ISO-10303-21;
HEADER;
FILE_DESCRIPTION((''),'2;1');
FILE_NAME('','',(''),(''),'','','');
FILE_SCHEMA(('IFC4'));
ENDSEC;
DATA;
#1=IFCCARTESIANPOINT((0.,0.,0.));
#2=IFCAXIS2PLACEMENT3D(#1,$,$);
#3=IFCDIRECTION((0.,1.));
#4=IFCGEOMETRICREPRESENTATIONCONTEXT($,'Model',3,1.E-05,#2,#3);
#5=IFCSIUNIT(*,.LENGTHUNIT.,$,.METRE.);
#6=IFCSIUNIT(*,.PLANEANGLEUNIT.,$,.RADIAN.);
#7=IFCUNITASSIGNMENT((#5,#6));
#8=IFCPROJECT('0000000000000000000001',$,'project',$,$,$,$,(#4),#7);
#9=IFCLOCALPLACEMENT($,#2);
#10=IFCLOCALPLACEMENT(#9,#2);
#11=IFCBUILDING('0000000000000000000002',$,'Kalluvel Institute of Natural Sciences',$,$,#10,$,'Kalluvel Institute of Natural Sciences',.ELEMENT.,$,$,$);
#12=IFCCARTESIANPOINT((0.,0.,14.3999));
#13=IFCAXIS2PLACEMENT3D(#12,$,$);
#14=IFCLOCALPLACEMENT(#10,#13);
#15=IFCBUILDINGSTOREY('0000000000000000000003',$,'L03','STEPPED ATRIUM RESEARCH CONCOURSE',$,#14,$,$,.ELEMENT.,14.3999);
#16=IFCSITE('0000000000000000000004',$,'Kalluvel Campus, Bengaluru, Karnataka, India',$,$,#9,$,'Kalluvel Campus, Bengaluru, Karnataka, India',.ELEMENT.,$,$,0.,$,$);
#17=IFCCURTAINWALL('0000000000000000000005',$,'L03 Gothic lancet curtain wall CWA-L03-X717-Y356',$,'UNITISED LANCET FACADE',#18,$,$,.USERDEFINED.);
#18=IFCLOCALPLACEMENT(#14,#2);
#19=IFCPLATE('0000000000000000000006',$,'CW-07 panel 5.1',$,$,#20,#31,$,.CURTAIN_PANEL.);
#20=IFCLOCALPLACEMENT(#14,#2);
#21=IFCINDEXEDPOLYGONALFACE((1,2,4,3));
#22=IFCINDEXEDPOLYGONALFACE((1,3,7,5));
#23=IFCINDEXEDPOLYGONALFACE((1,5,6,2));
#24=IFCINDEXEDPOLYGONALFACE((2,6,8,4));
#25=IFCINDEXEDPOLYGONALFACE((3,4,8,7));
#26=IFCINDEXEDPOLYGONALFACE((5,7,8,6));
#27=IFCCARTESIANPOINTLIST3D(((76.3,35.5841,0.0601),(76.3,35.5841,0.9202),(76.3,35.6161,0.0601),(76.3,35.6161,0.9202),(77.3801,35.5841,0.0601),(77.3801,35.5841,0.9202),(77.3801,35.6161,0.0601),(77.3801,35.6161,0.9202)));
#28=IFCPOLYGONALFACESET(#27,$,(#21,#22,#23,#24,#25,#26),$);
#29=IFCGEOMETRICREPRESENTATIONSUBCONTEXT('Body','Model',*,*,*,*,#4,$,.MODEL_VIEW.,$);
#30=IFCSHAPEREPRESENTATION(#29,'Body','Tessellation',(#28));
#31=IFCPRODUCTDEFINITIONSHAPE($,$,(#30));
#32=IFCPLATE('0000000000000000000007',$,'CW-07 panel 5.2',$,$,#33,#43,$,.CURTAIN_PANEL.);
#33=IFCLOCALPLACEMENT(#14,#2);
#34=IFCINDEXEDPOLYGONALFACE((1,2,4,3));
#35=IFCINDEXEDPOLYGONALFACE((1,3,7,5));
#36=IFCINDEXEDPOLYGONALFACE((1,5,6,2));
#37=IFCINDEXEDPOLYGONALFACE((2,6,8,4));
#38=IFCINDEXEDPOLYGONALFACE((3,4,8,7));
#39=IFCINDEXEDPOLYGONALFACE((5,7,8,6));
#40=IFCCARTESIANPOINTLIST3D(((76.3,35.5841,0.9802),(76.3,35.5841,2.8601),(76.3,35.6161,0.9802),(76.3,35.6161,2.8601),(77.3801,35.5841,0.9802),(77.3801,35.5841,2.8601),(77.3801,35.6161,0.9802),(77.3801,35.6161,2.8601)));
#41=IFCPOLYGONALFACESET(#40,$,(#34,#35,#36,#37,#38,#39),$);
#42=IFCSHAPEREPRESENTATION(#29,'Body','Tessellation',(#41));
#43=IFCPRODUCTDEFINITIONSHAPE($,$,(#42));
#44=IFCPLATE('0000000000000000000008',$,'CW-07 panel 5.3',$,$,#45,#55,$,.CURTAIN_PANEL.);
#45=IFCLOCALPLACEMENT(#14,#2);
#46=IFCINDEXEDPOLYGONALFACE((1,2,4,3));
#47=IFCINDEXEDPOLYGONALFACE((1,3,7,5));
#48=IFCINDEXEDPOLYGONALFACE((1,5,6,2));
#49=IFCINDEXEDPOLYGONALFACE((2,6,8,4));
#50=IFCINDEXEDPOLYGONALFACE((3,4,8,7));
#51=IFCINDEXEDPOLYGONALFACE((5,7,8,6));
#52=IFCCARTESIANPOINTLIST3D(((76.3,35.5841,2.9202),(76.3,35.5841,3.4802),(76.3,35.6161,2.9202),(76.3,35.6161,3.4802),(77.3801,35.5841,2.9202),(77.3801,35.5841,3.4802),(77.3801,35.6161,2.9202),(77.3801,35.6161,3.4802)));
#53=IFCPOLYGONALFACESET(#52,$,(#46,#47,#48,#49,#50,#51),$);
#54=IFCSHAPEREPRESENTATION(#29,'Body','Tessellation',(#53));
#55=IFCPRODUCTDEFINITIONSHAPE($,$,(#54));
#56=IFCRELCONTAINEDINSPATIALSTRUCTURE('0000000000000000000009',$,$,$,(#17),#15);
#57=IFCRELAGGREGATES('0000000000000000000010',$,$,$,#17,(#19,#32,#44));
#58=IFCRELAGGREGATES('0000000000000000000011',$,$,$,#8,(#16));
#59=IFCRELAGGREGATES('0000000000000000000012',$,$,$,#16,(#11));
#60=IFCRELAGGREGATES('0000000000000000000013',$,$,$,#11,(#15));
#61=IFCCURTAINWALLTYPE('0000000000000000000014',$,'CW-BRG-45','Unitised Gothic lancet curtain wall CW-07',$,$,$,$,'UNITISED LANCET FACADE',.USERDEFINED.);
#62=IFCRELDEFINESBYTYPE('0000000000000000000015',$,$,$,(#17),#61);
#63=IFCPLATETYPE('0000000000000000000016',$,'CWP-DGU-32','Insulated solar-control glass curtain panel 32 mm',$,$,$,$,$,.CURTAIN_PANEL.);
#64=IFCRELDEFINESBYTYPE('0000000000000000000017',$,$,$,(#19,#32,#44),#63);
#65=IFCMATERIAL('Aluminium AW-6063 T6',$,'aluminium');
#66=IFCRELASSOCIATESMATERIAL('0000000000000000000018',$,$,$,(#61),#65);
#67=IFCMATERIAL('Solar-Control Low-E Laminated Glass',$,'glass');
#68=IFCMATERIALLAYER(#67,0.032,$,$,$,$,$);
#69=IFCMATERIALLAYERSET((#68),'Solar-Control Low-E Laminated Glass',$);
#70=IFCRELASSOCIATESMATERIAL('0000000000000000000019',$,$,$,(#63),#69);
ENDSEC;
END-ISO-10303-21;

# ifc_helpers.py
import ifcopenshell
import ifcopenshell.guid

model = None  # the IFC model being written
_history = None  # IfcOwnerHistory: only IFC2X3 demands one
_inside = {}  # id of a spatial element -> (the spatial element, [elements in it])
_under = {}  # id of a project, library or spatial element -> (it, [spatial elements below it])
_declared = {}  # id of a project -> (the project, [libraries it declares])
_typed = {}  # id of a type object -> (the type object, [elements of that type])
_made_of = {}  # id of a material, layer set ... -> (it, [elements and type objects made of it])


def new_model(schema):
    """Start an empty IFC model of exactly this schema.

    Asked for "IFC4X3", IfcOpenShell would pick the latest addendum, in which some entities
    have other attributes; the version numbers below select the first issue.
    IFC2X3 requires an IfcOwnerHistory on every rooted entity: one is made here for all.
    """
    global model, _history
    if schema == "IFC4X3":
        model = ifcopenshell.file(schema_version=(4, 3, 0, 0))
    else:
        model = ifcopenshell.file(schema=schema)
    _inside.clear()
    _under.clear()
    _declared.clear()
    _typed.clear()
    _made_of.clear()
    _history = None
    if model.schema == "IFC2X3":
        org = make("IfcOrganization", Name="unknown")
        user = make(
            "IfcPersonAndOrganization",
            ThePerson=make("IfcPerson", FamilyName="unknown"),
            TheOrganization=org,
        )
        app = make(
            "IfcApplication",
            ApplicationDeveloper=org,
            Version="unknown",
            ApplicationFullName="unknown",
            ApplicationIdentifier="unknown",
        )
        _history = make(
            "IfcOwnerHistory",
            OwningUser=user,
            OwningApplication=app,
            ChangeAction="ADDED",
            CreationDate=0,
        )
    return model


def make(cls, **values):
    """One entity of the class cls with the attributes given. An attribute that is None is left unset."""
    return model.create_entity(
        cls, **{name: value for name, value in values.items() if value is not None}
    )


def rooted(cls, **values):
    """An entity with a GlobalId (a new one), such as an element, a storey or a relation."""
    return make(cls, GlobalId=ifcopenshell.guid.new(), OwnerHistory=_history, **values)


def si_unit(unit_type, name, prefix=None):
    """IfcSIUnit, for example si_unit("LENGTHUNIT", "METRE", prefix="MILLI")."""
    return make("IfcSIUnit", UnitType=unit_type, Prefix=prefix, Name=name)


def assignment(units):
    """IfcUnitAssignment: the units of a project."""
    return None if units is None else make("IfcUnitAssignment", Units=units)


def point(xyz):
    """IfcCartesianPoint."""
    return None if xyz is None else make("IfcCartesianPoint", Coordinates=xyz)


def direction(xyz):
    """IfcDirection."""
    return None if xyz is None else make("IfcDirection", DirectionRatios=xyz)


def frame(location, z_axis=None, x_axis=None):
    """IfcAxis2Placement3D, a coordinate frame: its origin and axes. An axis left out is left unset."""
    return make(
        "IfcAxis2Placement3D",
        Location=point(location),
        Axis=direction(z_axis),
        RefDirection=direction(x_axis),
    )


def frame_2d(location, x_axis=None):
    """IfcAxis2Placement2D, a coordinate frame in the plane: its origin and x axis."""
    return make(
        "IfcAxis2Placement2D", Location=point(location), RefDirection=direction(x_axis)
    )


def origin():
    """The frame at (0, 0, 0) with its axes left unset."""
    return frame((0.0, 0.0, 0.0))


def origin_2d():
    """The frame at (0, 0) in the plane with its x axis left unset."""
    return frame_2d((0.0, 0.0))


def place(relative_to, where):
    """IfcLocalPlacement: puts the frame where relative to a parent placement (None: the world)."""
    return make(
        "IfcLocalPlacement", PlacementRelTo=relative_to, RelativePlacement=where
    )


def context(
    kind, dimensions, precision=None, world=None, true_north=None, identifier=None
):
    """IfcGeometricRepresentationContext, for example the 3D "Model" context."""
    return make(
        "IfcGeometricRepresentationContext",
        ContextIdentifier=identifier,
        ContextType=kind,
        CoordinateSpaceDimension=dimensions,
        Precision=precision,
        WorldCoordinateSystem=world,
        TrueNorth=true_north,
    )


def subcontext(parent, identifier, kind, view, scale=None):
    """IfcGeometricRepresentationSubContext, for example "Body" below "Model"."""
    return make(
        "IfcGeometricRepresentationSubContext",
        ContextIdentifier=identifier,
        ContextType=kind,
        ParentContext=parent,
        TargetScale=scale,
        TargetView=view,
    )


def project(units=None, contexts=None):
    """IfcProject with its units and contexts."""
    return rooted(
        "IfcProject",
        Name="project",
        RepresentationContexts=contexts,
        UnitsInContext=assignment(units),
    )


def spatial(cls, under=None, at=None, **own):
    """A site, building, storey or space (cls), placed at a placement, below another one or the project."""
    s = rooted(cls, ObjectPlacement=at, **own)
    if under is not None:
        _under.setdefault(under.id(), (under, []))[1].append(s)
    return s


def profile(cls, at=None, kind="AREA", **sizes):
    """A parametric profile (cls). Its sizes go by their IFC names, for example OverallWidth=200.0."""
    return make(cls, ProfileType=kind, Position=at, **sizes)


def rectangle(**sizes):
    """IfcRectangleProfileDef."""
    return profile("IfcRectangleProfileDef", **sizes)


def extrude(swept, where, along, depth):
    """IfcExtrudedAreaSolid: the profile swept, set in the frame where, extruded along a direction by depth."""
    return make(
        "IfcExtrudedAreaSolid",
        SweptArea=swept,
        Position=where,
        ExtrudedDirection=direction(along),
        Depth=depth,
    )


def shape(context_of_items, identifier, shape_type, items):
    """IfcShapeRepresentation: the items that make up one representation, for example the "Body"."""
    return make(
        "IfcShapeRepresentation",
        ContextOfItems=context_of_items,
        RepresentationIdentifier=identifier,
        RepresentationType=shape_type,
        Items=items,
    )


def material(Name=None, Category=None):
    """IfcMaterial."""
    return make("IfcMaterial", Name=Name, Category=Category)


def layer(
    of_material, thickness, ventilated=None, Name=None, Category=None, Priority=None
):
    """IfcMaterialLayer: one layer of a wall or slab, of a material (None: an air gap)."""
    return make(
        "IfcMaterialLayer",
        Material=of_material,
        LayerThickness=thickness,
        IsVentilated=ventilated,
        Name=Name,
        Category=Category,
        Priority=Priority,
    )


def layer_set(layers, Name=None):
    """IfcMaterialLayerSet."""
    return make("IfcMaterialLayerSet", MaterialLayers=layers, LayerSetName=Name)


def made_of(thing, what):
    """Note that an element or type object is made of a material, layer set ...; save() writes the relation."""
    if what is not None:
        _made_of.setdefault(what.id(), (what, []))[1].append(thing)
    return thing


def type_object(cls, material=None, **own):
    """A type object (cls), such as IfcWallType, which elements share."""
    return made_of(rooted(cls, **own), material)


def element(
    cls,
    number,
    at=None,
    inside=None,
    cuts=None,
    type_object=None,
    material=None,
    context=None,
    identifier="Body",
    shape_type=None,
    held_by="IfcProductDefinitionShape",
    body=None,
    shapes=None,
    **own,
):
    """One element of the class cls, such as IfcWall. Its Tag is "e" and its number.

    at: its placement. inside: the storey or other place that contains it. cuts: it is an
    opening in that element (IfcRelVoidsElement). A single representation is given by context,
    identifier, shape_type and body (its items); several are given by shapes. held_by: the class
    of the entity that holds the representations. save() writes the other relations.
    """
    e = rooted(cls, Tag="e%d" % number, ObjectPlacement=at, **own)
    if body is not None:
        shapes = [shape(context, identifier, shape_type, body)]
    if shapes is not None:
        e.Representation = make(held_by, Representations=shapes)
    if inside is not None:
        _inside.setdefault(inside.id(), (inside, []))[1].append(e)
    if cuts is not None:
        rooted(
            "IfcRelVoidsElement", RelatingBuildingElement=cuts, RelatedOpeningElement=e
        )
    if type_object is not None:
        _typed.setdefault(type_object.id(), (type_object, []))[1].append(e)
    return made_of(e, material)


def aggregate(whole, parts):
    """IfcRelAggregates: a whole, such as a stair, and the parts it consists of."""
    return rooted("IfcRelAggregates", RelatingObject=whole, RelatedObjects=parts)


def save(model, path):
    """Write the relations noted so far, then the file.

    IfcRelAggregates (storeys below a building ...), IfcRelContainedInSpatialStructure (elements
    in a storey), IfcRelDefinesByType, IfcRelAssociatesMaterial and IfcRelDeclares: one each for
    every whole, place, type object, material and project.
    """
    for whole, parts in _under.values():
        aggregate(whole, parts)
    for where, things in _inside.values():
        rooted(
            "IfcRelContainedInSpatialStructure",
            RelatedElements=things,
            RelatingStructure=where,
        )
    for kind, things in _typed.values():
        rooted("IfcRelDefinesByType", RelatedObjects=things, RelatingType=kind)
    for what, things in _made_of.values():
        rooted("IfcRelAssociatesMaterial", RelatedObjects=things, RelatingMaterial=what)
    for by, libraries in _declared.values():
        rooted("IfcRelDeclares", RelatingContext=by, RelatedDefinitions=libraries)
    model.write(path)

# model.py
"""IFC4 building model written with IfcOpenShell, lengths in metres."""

from ifc_helpers import new_model, si_unit, direction, frame, origin, origin_2d, place, context, subcontext, project, spatial, rectangle, extrude, material, layer, layer_set, type_object, element, aggregate, save


model = new_model("IFC4")

# Units and contexts
model_context = context("Model", 3, precision=1e-05, world=origin(), true_north=direction((0.0, 1.0)))
body_context = subcontext(model_context, "Body", "Model", "MODEL_VIEW")
ifc_project = project(units=[si_unit("LENGTHUNIT", "METRE"), si_unit("PLANEANGLEUNIT", "RADIAN")], contexts=[model_context])

# Site, building, storey
site_placement = place(None, origin())
site = spatial("IfcSite", under=ifc_project, at=site_placement, Name="Kalluvel Campus, Bengaluru, Karnataka, India", LongName="Kalluvel Campus, Bengaluru, Karnataka, India", CompositionType="ELEMENT", RefElevation=0.0)
building_placement = place(site_placement, origin())
building = spatial("IfcBuilding", under=site, at=building_placement, Name="Kalluvel Institute of Natural Sciences", LongName="Kalluvel Institute of Natural Sciences", CompositionType="ELEMENT")
storey_placement = place(building_placement, frame((0.0, 0.0, 14.3999)))
storey = spatial("IfcBuildingStorey", under=building, at=storey_placement, Name="L03", Description="STEPPED ATRIUM RESEARCH CONCOURSE", CompositionType="ELEMENT", Elevation=14.3999)

# Curtain wall, plates
ifc_material_1 = material(Name="Aluminium AW-6063 T6", Category="aluminium")
curtain_wall_type = type_object("IfcCurtainWallType", Name="CW-BRG-45", Description="Unitised Gothic lancet curtain wall CW-07", ElementType="UNITISED LANCET FACADE", PredefinedType="USERDEFINED", material=ifc_material_1)
curtain_wall_placement = place(storey_placement, origin())
curtain_wall = element("IfcCurtainWall", 1, at=curtain_wall_placement, inside=storey, type_object=curtain_wall_type, Name="L03 Gothic lancet curtain wall CWA-L03-X717-Y356", ObjectType="UNITISED LANCET FACADE", PredefinedType="USERDEFINED")
ifc_material_2 = material(Name="Solar-Control Low-E Laminated Glass", Category="glass")
ifc_layer = layer(ifc_material_2, 0.032)
ifc_layer_set = layer_set([ifc_layer], Name="Solar-Control Low-E Laminated Glass")
plate_type = type_object("IfcPlateType", Name="CWP-DGU-32", Description="Insulated solar-control glass curtain panel 32 mm", PredefinedType="CURTAIN_PANEL", material=ifc_layer_set)
plate_1_placement = place(storey_placement, frame((76.8401, 35.6001, 0.0601), z_axis=(0.0, 0.0, 1.0), x_axis=(1.0, 0.0, 0.0)))
plate_1 = element("IfcPlate", 2, at=plate_1_placement, type_object=plate_type, Name="CW-07 panel 5.1", PredefinedType="CURTAIN_PANEL", context=body_context, shape_type="SweptSolid", body=[
    extrude(rectangle(XDim=1.0801, YDim=0.032, at=origin_2d()), origin(), (0.0, 0.0, 1.0), 0.8601),
])
plate_2_placement = place(storey_placement, frame((76.8401, 35.6001, 0.9802), z_axis=(0.0, 0.0, 1.0), x_axis=(1.0, 0.0, 0.0)))
plate_2 = element("IfcPlate", 3, at=plate_2_placement, type_object=plate_type, Name="CW-07 panel 5.2", PredefinedType="CURTAIN_PANEL", context=body_context, shape_type="SweptSolid", body=[
    extrude(rectangle(XDim=1.0801, YDim=0.032, at=origin_2d()), origin(), (0.0, 0.0, 1.0), 1.8799),
])
plate_3_placement = place(storey_placement, frame((76.8401, 35.6001, 2.9202), z_axis=(0.0, 0.0, 1.0), x_axis=(1.0, 0.0, 0.0)))
plate_3 = element("IfcPlate", 4, at=plate_3_placement, type_object=plate_type, Name="CW-07 panel 5.3", PredefinedType="CURTAIN_PANEL", context=body_context, shape_type="SweptSolid", body=[
    extrude(rectangle(XDim=1.0801, YDim=0.032, at=origin_2d()), origin(), (0.0, 0.0, 1.0), 0.5601),
])
aggregate(curtain_wall, [plate_1, plate_2, plate_3])

save(model, "model.ifc")
